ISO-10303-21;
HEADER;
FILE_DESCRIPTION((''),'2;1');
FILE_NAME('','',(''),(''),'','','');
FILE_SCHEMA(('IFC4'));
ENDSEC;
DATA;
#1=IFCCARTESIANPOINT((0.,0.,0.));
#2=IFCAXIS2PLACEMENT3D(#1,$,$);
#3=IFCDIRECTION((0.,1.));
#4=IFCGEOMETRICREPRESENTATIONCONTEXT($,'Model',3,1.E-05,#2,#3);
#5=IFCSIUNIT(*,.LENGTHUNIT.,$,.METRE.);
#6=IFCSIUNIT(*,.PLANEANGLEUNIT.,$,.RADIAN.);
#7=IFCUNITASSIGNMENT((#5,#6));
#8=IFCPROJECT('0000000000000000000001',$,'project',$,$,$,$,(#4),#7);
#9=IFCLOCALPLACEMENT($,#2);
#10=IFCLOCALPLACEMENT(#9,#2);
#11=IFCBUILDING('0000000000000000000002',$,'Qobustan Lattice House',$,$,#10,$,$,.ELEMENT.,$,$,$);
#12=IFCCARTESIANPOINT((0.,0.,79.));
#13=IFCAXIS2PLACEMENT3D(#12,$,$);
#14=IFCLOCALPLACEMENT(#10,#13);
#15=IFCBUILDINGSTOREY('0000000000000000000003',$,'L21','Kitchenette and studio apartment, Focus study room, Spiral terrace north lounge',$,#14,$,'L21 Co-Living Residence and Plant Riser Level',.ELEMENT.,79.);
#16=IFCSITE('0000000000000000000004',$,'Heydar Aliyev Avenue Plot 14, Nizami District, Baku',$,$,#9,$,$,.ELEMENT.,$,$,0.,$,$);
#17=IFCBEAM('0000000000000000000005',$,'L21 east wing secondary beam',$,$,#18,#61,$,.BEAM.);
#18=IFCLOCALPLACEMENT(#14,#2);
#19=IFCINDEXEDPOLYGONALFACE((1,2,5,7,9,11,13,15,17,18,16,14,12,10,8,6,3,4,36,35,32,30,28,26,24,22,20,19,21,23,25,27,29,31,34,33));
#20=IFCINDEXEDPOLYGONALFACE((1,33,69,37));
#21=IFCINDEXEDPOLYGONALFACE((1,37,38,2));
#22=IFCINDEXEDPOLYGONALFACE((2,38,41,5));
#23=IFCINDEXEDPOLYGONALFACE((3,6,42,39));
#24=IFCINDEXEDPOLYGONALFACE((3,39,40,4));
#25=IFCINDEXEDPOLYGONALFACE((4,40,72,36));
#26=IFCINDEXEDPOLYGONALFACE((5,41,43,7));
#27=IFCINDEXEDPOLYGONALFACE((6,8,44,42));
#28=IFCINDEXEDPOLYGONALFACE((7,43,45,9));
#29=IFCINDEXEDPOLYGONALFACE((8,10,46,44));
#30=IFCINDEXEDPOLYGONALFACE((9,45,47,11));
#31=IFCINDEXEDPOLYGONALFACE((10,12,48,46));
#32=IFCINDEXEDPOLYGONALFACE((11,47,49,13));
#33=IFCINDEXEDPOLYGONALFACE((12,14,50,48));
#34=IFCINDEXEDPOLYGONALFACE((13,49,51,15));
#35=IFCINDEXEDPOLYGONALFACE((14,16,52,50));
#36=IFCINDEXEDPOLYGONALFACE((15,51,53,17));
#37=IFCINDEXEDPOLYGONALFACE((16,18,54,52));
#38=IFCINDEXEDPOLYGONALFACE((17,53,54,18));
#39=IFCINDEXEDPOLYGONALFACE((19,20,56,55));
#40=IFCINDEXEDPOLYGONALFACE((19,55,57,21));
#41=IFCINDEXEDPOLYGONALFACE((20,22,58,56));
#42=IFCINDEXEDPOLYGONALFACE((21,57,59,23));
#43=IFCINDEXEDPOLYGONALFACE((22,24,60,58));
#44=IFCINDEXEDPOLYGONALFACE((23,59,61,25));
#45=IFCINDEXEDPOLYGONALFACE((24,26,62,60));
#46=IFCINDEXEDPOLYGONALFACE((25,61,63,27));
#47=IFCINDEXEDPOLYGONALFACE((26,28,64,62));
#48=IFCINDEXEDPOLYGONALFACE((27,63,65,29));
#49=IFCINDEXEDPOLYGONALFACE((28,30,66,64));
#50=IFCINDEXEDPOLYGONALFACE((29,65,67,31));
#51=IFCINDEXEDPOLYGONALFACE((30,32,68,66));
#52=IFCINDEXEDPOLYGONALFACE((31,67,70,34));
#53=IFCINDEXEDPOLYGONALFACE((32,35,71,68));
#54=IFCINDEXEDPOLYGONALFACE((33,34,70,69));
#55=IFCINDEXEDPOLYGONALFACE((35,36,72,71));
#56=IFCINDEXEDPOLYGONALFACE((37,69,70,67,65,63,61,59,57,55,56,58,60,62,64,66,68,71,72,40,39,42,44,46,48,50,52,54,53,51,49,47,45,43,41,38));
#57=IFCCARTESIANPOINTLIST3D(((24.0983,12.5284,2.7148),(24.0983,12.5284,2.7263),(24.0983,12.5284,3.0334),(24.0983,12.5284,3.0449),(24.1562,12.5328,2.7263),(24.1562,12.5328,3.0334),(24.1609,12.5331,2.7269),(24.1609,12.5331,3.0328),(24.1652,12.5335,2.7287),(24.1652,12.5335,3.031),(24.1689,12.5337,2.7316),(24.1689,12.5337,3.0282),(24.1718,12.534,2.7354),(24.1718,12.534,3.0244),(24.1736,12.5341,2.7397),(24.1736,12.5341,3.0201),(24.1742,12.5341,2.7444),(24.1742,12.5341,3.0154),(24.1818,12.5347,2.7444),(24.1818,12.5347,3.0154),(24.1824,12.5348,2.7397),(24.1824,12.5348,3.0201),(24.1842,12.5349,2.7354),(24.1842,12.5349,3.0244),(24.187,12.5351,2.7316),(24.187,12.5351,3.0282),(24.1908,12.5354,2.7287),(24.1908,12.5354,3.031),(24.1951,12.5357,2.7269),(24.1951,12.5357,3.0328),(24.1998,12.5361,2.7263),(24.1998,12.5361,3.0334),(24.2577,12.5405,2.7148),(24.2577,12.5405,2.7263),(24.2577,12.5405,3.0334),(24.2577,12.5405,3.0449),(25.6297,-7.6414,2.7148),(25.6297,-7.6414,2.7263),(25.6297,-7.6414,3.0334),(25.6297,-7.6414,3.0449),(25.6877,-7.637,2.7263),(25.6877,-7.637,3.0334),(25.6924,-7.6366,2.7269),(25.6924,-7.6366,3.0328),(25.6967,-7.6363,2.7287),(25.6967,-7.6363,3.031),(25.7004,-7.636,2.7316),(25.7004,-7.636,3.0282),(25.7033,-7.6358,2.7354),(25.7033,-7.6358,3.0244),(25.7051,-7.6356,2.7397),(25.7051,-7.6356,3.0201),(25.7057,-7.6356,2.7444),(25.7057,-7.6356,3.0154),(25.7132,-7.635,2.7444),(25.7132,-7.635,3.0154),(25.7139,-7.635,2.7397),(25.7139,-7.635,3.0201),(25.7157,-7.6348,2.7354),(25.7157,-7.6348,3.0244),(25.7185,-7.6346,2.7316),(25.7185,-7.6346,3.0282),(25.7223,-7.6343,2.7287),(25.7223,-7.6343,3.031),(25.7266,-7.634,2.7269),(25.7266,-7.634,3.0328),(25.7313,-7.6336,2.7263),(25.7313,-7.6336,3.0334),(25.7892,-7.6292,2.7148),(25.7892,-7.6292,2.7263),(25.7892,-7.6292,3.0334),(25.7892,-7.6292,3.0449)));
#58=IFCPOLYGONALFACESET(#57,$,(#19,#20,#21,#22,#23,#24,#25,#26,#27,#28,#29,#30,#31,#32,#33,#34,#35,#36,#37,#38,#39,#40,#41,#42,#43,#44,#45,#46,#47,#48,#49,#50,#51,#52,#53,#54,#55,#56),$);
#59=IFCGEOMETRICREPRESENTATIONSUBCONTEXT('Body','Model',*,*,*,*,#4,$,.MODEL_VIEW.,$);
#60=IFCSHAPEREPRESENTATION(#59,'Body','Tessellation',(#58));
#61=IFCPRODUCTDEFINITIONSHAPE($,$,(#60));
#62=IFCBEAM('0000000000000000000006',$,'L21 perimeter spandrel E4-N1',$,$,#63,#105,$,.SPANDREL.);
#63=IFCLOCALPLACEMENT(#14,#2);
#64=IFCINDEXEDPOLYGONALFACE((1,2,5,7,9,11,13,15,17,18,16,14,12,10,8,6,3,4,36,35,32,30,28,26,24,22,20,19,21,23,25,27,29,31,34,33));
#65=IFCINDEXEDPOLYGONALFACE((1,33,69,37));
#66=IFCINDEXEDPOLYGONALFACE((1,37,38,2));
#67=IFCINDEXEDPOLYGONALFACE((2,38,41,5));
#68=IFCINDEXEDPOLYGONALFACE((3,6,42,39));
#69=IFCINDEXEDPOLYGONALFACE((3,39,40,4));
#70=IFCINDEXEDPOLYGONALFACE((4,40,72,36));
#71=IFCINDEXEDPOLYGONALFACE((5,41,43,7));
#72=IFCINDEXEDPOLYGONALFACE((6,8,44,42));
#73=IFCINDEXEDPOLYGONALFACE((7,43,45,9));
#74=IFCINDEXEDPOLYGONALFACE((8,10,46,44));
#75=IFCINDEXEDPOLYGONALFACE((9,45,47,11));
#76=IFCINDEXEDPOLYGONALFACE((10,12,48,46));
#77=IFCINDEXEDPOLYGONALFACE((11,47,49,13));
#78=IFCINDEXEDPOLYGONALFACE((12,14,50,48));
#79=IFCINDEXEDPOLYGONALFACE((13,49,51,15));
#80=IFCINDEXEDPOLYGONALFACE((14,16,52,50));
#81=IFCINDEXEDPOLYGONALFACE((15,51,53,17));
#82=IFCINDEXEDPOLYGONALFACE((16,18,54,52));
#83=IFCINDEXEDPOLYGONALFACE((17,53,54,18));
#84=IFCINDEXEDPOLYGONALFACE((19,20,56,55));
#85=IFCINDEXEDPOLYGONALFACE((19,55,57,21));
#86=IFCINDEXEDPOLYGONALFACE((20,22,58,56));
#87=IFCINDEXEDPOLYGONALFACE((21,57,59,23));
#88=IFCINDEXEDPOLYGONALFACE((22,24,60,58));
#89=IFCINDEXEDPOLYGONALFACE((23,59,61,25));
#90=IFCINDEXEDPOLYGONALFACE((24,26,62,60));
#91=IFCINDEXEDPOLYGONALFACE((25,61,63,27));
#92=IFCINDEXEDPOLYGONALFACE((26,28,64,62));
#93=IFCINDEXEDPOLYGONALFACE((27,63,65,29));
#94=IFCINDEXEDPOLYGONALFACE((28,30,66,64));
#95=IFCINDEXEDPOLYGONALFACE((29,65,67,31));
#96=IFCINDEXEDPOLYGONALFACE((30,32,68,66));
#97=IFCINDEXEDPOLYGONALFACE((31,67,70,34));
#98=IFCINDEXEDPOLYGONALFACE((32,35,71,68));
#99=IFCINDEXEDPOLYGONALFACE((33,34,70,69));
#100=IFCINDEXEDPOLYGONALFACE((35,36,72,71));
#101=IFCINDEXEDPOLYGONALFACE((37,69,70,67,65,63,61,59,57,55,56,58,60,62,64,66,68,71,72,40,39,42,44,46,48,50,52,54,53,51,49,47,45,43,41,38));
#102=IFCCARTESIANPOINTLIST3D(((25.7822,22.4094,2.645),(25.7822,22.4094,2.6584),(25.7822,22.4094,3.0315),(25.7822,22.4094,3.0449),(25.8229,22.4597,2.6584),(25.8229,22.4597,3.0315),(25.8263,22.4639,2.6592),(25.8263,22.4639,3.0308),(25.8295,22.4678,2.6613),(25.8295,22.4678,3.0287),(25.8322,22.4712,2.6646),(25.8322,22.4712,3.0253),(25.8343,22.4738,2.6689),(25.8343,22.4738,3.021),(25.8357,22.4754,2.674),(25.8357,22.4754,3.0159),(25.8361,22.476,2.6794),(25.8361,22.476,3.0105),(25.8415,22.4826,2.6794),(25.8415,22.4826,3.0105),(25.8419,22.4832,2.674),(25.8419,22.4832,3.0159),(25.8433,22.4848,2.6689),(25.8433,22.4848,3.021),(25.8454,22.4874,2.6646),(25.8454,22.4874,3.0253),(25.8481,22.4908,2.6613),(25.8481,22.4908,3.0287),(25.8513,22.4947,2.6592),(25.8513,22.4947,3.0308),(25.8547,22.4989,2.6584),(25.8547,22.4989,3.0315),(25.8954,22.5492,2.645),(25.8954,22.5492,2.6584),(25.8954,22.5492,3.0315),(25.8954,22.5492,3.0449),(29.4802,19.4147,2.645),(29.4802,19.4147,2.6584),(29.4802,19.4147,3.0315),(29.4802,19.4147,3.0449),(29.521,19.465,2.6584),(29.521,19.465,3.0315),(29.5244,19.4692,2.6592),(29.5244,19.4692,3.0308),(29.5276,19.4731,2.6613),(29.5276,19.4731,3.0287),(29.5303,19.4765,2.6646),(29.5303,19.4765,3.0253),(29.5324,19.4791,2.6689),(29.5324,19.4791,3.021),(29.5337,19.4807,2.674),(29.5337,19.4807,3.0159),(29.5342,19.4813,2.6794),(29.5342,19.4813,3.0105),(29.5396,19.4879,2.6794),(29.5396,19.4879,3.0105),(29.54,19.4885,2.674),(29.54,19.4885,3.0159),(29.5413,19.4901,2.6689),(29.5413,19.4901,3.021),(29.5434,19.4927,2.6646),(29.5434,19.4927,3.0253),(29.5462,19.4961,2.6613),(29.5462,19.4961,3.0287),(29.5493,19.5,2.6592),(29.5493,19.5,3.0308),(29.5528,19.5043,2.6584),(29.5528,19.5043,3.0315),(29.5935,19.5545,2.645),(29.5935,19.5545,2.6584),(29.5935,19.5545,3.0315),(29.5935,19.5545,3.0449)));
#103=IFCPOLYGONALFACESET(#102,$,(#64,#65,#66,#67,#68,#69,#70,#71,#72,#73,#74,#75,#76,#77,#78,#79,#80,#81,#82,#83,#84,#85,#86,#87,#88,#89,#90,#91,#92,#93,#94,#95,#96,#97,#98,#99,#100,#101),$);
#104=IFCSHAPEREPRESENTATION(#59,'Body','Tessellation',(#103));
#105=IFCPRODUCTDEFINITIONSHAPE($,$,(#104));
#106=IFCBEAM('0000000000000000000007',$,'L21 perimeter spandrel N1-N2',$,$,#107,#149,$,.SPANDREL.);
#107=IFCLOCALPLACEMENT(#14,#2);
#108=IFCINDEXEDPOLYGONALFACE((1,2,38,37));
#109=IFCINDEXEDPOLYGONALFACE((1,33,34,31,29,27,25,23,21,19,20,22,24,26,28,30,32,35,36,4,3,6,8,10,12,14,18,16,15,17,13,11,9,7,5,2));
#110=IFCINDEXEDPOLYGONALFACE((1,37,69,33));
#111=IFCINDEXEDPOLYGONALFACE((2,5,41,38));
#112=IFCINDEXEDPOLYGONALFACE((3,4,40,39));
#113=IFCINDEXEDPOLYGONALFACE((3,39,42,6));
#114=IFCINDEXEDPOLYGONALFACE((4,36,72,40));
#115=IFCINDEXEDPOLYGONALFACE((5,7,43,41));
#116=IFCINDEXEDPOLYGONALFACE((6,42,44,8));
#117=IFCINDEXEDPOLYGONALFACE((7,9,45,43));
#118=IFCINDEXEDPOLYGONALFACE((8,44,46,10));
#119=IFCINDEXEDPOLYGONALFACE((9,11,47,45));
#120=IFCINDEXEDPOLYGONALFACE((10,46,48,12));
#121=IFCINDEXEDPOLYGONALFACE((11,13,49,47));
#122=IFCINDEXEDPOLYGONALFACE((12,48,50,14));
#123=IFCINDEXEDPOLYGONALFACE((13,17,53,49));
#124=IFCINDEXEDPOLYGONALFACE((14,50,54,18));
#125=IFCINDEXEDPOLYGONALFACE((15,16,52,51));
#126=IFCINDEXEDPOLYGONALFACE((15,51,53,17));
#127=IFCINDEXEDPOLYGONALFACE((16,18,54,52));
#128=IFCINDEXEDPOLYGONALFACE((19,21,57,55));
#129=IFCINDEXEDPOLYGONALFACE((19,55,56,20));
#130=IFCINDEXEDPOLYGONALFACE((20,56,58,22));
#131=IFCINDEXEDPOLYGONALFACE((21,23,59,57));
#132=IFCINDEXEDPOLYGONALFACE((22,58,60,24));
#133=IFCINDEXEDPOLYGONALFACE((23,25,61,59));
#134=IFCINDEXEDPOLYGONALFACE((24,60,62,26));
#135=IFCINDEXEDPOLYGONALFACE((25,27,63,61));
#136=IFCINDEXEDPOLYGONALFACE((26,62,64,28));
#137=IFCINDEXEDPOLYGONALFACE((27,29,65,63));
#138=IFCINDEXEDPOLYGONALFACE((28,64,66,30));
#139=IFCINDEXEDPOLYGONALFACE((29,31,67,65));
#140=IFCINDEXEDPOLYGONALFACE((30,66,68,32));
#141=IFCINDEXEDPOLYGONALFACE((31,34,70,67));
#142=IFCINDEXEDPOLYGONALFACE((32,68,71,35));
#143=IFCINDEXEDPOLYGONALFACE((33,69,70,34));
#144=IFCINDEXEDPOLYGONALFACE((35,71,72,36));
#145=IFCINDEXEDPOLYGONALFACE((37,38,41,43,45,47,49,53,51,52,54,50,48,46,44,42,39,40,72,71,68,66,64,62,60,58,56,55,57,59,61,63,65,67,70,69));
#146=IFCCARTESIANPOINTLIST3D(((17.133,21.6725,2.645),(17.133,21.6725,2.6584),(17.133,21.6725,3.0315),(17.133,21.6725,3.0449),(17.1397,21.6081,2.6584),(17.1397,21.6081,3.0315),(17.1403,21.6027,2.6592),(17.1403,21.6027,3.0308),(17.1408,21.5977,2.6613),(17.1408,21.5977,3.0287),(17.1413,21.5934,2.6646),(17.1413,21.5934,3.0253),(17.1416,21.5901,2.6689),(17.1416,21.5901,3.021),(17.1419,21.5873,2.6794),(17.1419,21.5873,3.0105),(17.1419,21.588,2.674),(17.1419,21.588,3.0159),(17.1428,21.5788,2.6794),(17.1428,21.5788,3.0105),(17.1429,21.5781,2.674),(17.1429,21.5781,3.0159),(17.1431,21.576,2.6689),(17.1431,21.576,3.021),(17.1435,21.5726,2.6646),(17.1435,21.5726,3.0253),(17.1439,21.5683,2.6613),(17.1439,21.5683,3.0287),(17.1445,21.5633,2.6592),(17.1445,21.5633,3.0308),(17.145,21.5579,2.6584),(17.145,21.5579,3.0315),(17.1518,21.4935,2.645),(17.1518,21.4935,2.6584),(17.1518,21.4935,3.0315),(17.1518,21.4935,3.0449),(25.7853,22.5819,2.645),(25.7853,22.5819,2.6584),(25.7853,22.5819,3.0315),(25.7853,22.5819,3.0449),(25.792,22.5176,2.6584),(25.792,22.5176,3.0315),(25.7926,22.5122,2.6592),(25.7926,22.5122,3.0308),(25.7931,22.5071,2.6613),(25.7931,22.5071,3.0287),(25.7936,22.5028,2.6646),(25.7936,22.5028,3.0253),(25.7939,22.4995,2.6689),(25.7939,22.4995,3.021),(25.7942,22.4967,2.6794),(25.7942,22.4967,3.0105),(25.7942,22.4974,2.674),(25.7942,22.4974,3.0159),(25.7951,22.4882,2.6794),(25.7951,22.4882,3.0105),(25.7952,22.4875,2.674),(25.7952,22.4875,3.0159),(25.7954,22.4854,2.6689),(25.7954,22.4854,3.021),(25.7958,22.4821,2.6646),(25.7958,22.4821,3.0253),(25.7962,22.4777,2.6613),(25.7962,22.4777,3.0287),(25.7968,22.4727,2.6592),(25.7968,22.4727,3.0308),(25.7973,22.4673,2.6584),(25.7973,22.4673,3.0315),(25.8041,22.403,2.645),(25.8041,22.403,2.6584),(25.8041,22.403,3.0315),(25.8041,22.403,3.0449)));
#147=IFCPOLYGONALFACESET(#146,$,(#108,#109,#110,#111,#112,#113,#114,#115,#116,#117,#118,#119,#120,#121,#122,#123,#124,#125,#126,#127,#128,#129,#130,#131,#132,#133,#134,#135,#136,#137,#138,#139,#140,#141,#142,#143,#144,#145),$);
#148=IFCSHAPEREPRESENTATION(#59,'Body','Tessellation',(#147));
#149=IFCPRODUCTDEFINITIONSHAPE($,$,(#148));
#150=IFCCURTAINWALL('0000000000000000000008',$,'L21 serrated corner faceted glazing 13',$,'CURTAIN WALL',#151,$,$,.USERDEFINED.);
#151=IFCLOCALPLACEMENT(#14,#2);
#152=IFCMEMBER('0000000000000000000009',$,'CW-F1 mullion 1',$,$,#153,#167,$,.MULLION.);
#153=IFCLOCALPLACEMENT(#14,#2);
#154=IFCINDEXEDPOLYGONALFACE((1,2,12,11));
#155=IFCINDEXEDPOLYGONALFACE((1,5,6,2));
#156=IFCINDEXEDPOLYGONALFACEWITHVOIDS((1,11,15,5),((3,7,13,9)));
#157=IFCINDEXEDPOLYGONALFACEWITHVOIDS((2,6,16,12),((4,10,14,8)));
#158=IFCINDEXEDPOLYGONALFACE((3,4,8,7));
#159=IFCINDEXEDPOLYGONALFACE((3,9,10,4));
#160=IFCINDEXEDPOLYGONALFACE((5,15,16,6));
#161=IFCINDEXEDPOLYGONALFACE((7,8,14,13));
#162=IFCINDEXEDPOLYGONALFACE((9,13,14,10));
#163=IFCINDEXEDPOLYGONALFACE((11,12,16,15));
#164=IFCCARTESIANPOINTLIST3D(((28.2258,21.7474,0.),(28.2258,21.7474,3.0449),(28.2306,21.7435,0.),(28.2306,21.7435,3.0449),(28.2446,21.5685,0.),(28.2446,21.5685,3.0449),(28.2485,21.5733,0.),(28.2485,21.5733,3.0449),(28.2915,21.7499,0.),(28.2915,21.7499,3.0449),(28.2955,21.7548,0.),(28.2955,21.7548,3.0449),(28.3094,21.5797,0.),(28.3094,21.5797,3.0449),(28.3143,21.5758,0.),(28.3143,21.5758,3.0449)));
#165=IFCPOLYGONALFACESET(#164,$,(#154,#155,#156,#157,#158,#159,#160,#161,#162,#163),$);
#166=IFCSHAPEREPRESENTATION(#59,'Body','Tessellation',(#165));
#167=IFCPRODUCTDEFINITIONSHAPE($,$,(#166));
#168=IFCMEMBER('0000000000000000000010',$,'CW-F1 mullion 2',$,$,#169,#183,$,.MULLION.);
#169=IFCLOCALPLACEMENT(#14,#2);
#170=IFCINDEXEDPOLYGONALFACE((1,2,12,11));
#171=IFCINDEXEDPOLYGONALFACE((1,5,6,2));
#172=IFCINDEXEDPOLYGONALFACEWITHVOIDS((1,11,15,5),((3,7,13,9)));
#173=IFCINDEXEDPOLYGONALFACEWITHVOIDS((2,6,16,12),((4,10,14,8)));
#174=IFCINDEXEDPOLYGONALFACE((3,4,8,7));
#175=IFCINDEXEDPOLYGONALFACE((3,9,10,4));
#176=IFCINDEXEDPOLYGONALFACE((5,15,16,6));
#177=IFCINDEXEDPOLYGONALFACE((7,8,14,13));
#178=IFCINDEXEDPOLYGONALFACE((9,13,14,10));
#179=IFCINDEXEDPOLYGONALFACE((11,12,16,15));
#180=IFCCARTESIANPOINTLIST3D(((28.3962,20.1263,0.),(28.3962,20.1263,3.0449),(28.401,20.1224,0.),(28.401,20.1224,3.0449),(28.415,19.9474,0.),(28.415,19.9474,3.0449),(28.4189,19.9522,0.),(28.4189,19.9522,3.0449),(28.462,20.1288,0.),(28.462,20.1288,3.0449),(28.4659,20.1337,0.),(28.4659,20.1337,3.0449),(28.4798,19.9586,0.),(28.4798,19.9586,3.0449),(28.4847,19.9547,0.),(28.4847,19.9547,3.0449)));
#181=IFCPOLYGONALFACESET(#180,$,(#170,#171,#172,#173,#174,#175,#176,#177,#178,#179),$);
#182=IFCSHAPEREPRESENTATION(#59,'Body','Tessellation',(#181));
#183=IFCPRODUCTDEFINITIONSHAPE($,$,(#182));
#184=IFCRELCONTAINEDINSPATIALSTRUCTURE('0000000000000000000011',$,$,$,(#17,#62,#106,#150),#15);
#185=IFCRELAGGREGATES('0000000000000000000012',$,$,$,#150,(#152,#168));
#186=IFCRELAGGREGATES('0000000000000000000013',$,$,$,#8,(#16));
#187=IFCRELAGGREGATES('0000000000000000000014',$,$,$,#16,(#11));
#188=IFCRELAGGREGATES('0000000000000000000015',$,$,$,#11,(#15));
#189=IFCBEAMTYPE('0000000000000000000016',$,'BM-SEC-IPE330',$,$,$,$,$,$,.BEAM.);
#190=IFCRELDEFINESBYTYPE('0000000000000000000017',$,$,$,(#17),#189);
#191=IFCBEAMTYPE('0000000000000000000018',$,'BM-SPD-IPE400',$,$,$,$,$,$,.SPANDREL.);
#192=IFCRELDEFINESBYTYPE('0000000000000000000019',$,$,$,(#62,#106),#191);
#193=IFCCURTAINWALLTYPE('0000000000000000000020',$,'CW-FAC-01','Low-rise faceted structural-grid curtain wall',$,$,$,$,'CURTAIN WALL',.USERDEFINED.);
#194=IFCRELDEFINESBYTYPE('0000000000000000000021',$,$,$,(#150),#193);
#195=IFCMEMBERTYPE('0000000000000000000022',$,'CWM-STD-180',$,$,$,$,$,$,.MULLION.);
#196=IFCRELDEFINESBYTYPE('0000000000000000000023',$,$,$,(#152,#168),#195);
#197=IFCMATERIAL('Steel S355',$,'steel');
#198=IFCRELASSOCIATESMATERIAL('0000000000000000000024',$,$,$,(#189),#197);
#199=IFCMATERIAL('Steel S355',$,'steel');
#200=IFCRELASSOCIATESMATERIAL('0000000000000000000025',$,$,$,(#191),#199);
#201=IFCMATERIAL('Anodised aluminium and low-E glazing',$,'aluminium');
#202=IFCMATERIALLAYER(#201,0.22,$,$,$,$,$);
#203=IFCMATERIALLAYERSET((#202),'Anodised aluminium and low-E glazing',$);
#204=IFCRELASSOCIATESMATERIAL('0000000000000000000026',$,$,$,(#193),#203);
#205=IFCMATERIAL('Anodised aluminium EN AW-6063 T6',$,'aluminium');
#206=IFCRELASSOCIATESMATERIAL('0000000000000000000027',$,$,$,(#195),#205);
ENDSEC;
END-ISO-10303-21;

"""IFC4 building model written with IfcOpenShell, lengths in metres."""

from ifc_helpers import new_model, si_unit, direction, frame, origin, origin_2d, place, context, subcontext, project, spatial, hollow_rectangle, i_section, extrude, material, layer, layer_set, material_profile, profile_set, type_object, element, aggregate, save


model = new_model("IFC4")

# Units and contexts
model_context = context("Model", 3, precision=1e-05, world=origin(), true_north=direction((0.0, 1.0)))
body_context = subcontext(model_context, "Body", "Model", "MODEL_VIEW")
ifc_project = project(units=[si_unit("LENGTHUNIT", "METRE"), si_unit("PLANEANGLEUNIT", "RADIAN")], contexts=[model_context])

# Site, building, storey
site_placement = place(None, origin())
site = spatial("IfcSite", under=ifc_project, at=site_placement, Name="Heydar Aliyev Avenue Plot 14, Nizami District, Baku", CompositionType="ELEMENT", RefElevation=0.0)
building_placement = place(site_placement, origin())
building = spatial("IfcBuilding", under=site, at=building_placement, Name="Qobustan Lattice House", CompositionType="ELEMENT")
storey_placement = place(building_placement, frame((0.0, 0.0, 79.0)))
storey = spatial("IfcBuildingStorey", under=building, at=storey_placement, Name="L21", Description="Kitchenette and studio apartment, Focus study room, Spiral terrace north lounge", LongName="L21 Co-Living Residence and Plant Riser Level", CompositionType="ELEMENT", Elevation=79.0)

# Beams
ifc_material_1 = material(Name="Steel S355", Category="steel")
ifc_material_profile_1 = material_profile(ifc_material_1, i_section(OverallWidth=0.1599, OverallDepth=0.3301, WebThickness=0.0076, FlangeThickness=0.0115, FilletRadius=0.0181, at=origin_2d()), Name="IPE330")
ifc_profile_set_1 = profile_set([ifc_material_profile_1], Name="Steel S355")
beam_type_1 = type_object("IfcBeamType", Name="BM-SEC-IPE330", PredefinedType="BEAM", material=ifc_profile_set_1)
beam_1_placement = place(storey_placement, frame((24.178, 12.5344, 2.8799), z_axis=(0.075713, -0.99713, 0.0), x_axis=(0.99713, 0.075713, 0.0)))
element("IfcBeam", 1, at=beam_1_placement, inside=storey, type_object=beam_type_1, Name="L21 east wing secondary beam", PredefinedType="BEAM", context=body_context, shape_type="SweptSolid", body=[
    extrude(i_section(OverallWidth=0.1599, OverallDepth=0.3301, WebThickness=0.0076, FlangeThickness=0.0115, FilletRadius=0.0181, at=origin_2d()), origin(), (0.0, 0.0, 1.0), 20.2278),
])
ifc_material_2 = material(Name="Steel S355", Category="steel")
ifc_material_profile_2 = material_profile(ifc_material_2, i_section(OverallWidth=0.1799, OverallDepth=0.3999, WebThickness=0.0085, FlangeThickness=0.0134, FilletRadius=0.021, at=origin_2d()), Name="IPE400")
ifc_profile_set_2 = profile_set([ifc_material_profile_2], Name="Steel S355")
beam_type_2 = type_object("IfcBeamType", Name="BM-SPD-IPE400", PredefinedType="SPANDREL", material=ifc_profile_set_2)
beam_2_placement = place(storey_placement, frame((29.5369, 19.4846, 2.845), z_axis=(-0.777141, 0.629327, 0.0), x_axis=(-0.629327, -0.777141, 0.0)))
element("IfcBeam", 2, at=beam_2_placement, inside=storey, type_object=beam_type_2, Name="L21 perimeter spandrel E4-N1", PredefinedType="SPANDREL", context=body_context, shape_type="SweptSolid", body=[
    extrude(i_section(OverallWidth=0.1799, OverallDepth=0.3999, WebThickness=0.0085, FlangeThickness=0.0134, FilletRadius=0.021, at=origin_2d()), origin(), (0.0, 0.0, 1.0), 4.7585),
])
beam_3_placement = place(storey_placement, frame((25.7947, 22.4924, 2.845), z_axis=(-0.994522, -0.104531, 0.0), x_axis=(0.104531, -0.994522, 0.0)))
element("IfcBeam", 3, at=beam_3_placement, inside=storey, type_object=beam_type_2, Name="L21 perimeter spandrel N1-N2", PredefinedType="SPANDREL", context=body_context, shape_type="SweptSolid", body=[
    extrude(i_section(OverallWidth=0.1799, OverallDepth=0.3999, WebThickness=0.0085, FlangeThickness=0.0134, FilletRadius=0.021, at=origin_2d()), origin(), (0.0, 0.0, 1.0), 8.7),
])

# Curtain wall, members
ifc_material_3 = material(Name="Anodised aluminium and low-E glazing", Category="aluminium")
ifc_layer_1 = layer(ifc_material_3, 0.22)
ifc_layer_set_1 = layer_set([ifc_layer_1], Name="Anodised aluminium and low-E glazing")
curtain_wall_type = type_object("IfcCurtainWallType", Name="CW-FAC-01", Description="Low-rise faceted structural-grid curtain wall", ElementType="CURTAIN WALL", PredefinedType="USERDEFINED", material=ifc_layer_set_1)
curtain_wall_placement = place(storey_placement, origin())
curtain_wall = element("IfcCurtainWall", 4, at=curtain_wall_placement, inside=storey, type_object=curtain_wall_type, Name="L21 serrated corner faceted glazing 13", ObjectType="CURTAIN WALL", PredefinedType="USERDEFINED")
ifc_material_4 = material(Name="Anodised aluminium EN AW-6063 T6", Category="aluminium")
ifc_material_profile_3 = material_profile(ifc_material_4, hollow_rectangle(XDim=0.0701, YDim=0.1799, WallThickness=0.0044, at=origin_2d()), Name="CWM-180x70")
ifc_profile_set_3 = profile_set([ifc_material_profile_3], Name="Anodised aluminium EN AW-6063 T6")
member_type_1 = type_object("IfcMemberType", Name="CWM-STD-180", PredefinedType="MULLION", material=ifc_profile_set_3)
member_1_placement = place(storey_placement, frame((28.27, 21.6616, 0.0), z_axis=(0.0, 0.0, 1.0), x_axis=(0.994522, 0.104529, 0.0)))
member_1 = element("IfcMember", 5, at=member_1_placement, type_object=member_type_1, Name="CW-F1 mullion 1", PredefinedType="MULLION", context=body_context, shape_type="SweptSolid", body=[
    extrude(hollow_rectangle(XDim=0.0701, YDim=0.1799, WallThickness=0.0044, at=origin_2d()), origin(), (0.0, 0.0, 1.0), 3.0449),
])
member_2_placement = place(storey_placement, frame((28.4404, 20.0405, 0.0), z_axis=(0.0, 0.0, 1.0), x_axis=(0.994522, 0.104529, 0.0)))
member_2 = element("IfcMember", 6, at=member_2_placement, type_object=member_type_1, Name="CW-F1 mullion 2", PredefinedType="MULLION", context=body_context, shape_type="SweptSolid", body=[
    extrude(hollow_rectangle(XDim=0.0701, YDim=0.1799, WallThickness=0.0044, at=origin_2d()), origin(), (0.0, 0.0, 1.0), 3.0449),
])
aggregate(curtain_wall, [member_1, member_2])

save(model, "model.ifc")
